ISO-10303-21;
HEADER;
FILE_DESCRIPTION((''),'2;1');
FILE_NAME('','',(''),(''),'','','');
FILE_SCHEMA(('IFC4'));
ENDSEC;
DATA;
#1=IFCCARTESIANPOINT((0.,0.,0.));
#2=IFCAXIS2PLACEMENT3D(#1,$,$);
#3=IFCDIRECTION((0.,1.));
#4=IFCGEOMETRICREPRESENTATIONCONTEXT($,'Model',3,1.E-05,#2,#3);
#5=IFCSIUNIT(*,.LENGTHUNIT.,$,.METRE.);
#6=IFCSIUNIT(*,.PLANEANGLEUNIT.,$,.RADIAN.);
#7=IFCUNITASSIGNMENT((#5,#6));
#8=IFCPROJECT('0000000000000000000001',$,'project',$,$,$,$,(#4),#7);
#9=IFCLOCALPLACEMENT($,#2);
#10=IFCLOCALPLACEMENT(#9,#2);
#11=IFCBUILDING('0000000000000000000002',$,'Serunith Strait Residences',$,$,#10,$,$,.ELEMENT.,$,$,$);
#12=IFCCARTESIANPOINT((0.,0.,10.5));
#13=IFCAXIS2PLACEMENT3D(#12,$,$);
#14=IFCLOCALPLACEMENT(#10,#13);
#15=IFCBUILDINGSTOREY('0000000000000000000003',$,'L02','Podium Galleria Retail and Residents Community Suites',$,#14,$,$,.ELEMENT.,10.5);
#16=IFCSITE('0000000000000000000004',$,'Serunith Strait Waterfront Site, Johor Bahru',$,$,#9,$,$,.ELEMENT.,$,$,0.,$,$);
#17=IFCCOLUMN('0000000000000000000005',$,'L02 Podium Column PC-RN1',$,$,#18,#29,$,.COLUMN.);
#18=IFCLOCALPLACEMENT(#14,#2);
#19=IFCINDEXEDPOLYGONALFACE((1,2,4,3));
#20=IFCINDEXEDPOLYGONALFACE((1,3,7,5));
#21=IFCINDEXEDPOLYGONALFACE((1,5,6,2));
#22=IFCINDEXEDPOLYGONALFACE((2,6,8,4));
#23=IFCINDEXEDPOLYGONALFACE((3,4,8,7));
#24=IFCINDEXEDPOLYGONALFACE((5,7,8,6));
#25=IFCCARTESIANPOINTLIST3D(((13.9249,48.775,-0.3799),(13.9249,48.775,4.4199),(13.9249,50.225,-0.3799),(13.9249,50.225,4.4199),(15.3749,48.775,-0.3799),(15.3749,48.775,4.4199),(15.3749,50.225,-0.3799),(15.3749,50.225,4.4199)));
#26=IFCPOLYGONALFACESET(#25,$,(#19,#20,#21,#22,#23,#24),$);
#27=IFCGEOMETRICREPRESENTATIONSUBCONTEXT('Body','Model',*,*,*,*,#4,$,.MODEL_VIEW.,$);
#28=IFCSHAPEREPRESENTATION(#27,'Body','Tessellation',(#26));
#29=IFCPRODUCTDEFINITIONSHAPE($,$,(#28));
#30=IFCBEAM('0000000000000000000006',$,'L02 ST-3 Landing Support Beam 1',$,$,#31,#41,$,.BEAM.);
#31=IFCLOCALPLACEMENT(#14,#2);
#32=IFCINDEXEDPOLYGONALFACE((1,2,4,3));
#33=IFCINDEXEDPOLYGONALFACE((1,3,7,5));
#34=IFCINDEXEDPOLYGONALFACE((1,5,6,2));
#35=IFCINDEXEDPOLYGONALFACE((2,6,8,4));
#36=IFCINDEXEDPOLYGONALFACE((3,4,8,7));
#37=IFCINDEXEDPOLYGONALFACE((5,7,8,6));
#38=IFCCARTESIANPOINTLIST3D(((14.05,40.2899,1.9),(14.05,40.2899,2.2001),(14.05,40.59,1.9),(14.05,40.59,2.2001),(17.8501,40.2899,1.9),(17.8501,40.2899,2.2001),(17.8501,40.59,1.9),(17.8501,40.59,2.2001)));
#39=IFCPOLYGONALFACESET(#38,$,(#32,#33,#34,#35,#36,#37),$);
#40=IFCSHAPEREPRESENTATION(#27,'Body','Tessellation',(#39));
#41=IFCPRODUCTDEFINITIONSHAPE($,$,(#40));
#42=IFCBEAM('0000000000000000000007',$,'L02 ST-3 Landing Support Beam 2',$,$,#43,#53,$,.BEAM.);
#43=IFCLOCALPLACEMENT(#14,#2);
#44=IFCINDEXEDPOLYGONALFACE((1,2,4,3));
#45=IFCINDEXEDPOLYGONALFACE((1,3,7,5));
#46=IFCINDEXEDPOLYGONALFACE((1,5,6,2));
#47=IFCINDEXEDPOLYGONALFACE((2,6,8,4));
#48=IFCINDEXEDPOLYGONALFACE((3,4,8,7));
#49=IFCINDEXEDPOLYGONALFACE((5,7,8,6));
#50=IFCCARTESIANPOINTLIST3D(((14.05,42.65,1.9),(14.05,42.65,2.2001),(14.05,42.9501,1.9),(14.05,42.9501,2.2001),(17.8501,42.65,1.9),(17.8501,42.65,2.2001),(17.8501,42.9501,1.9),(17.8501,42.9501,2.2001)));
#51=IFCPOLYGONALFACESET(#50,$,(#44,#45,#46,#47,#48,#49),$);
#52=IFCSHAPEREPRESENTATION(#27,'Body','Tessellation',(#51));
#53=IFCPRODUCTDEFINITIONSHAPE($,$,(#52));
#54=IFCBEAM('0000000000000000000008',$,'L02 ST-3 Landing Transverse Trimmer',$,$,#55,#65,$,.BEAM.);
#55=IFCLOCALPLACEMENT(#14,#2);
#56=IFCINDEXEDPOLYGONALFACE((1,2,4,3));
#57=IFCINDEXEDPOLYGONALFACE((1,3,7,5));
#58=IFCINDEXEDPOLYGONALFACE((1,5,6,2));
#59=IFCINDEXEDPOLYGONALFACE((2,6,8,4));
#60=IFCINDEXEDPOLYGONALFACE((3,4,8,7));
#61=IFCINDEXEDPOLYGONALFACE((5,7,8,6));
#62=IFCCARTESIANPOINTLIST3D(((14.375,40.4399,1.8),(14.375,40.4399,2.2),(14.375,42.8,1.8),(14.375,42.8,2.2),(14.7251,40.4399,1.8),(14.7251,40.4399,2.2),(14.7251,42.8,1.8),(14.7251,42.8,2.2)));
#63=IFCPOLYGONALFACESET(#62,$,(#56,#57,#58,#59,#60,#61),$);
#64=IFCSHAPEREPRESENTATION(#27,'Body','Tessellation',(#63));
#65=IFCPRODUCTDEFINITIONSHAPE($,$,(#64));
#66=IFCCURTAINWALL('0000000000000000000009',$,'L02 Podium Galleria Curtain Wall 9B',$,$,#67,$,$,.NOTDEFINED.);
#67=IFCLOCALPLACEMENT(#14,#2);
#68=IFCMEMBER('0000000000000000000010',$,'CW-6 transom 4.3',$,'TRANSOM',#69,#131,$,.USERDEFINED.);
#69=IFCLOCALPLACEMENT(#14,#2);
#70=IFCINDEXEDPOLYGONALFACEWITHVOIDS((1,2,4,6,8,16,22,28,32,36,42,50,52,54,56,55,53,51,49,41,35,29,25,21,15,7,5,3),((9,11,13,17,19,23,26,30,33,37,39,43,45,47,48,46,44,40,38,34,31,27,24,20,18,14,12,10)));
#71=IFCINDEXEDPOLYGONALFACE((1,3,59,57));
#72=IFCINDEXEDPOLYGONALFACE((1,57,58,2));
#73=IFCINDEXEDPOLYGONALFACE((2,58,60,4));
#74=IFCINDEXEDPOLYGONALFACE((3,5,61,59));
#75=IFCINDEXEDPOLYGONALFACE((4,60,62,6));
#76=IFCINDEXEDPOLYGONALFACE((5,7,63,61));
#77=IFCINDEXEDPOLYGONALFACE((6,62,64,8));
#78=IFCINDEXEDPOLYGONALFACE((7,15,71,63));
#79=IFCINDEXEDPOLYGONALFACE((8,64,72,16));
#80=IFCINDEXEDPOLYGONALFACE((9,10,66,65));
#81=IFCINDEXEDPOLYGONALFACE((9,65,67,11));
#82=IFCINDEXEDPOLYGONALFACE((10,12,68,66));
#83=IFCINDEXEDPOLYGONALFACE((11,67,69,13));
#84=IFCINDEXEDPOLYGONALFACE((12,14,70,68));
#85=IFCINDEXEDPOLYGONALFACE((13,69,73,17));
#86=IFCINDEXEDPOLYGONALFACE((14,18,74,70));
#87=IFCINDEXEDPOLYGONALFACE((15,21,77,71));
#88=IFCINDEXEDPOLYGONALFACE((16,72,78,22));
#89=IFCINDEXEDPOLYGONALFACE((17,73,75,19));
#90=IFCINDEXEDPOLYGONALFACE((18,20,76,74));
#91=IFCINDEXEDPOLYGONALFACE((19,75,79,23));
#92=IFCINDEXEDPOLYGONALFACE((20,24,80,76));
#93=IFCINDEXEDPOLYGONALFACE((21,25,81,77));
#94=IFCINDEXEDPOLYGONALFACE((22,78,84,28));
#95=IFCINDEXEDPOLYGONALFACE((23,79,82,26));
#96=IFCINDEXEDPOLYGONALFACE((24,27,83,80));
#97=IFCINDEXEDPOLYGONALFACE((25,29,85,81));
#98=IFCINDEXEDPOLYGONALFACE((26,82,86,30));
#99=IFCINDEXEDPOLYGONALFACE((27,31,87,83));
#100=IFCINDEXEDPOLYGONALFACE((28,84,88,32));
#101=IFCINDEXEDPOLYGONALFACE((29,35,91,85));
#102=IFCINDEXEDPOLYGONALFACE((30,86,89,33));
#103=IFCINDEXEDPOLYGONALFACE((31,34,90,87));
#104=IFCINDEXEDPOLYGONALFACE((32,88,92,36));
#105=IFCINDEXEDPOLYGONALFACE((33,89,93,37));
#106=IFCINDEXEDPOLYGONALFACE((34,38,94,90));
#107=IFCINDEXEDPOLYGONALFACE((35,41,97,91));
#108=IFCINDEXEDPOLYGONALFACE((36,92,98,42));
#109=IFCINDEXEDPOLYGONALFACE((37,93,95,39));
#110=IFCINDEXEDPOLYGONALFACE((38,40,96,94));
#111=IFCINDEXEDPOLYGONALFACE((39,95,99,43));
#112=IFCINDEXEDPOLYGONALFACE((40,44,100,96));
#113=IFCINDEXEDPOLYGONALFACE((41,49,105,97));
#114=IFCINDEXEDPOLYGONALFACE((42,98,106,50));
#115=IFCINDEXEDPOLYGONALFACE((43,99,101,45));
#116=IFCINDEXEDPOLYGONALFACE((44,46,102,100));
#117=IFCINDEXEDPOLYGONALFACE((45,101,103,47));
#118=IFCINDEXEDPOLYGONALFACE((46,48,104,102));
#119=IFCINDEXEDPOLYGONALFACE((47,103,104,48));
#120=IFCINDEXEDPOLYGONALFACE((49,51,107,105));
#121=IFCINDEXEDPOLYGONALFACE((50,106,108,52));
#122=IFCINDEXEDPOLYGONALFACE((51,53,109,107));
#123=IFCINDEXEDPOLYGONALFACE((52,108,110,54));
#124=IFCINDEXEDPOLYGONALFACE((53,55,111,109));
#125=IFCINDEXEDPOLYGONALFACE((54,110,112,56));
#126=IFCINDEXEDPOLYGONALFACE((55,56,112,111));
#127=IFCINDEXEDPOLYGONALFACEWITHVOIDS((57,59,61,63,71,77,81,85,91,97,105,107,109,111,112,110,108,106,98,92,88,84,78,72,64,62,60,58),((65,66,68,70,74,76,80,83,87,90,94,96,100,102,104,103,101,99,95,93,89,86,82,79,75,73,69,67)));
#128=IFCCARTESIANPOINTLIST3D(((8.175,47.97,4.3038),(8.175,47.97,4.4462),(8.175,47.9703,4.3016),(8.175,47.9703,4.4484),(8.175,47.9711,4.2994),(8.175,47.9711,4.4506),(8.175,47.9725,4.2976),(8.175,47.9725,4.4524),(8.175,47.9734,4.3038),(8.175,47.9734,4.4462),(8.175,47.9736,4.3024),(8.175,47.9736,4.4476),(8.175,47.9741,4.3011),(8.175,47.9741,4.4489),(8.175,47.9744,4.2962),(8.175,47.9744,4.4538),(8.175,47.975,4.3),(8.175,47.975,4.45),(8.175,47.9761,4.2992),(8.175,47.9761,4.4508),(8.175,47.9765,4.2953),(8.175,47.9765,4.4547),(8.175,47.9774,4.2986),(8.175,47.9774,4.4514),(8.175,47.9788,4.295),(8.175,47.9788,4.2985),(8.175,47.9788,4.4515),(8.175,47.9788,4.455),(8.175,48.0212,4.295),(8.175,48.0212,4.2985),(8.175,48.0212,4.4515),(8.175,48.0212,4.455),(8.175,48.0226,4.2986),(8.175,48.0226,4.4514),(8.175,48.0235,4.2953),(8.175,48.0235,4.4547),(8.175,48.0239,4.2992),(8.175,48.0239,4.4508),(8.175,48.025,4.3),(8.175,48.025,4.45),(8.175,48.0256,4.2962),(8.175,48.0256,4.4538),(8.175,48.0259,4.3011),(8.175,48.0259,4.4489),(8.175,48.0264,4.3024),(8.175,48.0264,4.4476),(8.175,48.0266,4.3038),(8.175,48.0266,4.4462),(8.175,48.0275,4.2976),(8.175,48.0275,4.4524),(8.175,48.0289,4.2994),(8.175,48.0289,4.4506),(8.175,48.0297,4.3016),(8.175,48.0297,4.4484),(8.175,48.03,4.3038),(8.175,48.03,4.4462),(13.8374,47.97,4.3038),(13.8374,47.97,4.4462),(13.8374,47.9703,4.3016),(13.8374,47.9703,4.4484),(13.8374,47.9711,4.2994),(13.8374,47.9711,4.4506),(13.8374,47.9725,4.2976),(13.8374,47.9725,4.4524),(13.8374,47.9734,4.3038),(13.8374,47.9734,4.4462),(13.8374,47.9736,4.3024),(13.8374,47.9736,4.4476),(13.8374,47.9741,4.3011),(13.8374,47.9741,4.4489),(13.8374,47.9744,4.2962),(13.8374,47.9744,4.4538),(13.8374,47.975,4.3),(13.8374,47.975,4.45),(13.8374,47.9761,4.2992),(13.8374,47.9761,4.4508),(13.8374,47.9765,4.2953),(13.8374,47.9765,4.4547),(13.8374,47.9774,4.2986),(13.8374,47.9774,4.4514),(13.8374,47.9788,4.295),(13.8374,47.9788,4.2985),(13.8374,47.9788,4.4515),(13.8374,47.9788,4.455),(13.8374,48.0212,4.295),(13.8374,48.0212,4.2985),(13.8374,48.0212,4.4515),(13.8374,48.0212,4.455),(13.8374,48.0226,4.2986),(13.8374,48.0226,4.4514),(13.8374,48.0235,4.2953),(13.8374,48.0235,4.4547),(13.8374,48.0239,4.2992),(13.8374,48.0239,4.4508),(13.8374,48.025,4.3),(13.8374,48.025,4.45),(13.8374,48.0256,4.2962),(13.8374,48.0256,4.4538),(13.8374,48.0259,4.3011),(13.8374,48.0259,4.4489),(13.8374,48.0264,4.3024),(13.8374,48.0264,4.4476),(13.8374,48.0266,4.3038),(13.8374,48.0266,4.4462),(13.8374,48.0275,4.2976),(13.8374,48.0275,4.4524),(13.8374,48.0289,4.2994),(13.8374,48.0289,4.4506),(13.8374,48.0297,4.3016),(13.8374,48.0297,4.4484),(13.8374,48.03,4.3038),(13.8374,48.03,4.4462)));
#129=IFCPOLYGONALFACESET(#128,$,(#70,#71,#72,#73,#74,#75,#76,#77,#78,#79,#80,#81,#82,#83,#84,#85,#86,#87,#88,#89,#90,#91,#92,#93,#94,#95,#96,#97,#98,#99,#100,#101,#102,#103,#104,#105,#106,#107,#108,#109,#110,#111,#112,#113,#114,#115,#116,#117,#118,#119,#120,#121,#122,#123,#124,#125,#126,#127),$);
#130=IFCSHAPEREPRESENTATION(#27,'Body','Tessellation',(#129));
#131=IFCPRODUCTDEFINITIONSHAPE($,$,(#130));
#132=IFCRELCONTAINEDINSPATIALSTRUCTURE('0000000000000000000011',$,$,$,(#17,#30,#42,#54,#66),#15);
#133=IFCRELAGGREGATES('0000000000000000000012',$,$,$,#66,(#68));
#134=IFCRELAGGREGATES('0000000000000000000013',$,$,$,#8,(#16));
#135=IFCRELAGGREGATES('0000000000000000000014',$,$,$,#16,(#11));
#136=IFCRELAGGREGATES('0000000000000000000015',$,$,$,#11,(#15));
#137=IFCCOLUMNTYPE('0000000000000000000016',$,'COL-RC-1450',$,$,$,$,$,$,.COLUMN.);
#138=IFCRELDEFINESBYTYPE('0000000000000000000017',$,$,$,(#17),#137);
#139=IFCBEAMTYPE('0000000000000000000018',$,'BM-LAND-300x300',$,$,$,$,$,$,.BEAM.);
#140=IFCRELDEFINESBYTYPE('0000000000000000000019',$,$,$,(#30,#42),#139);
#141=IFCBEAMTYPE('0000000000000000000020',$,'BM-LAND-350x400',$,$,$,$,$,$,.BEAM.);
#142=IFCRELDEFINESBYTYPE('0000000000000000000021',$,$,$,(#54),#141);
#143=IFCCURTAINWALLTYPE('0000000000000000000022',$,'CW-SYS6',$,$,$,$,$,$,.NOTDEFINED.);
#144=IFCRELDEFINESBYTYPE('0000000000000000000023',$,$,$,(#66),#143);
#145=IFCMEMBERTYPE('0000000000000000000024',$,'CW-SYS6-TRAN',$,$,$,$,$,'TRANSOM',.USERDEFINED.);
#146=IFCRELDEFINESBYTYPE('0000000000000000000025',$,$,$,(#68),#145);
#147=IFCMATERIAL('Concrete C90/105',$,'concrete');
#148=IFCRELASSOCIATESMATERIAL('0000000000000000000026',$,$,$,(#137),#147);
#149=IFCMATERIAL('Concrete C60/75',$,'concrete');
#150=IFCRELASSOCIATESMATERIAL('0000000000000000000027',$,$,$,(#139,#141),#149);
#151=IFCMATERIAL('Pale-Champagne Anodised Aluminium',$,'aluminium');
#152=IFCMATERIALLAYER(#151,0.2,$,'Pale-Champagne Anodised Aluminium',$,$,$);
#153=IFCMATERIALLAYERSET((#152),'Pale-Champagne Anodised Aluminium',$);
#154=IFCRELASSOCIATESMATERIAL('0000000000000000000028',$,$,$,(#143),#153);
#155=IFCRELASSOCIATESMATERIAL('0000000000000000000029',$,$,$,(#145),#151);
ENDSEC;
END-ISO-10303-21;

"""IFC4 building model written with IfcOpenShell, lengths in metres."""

from ifc_helpers import new_model, si_unit, direction, frame, origin, origin_2d, place, context, subcontext, project, spatial, rectangle, hollow_rectangle, extrude, source, transform, mapped, material, layer, layer_set, material_profile, profile_set, type_object, element, aggregate, save


model = new_model("IFC4")

# Units and contexts
model_context = context("Model", 3, precision=1e-05, world=origin(), true_north=direction((0.0, 1.0)))
body_context = subcontext(model_context, "Body", "Model", "MODEL_VIEW")
ifc_project = project(units=[si_unit("LENGTHUNIT", "METRE"), si_unit("PLANEANGLEUNIT", "RADIAN")], contexts=[model_context])

# Site, building, storey
site_placement = place(None, origin())
site = spatial("IfcSite", under=ifc_project, at=site_placement, Name="Serunith Strait Waterfront Site, Johor Bahru", CompositionType="ELEMENT", RefElevation=0.0)
building_placement = place(site_placement, origin())
building = spatial("IfcBuilding", under=site, at=building_placement, Name="Serunith Strait Residences", CompositionType="ELEMENT")
storey_placement = place(building_placement, frame((0.0, 0.0, 10.5)))
storey = spatial("IfcBuildingStorey", under=building, at=storey_placement, Name="L02", Description="Podium Galleria Retail and Residents Community Suites", CompositionType="ELEMENT", Elevation=10.5)

# Column
ifc_material_1 = material(Name="Concrete C90/105", Category="concrete")
ifc_material_profile_1 = material_profile(ifc_material_1, rectangle(XDim=1.45, YDim=1.45, at=origin_2d()), Name="RC 1450x1450")
ifc_profile_set_1 = profile_set([ifc_material_profile_1], Name="Concrete C90/105")
column_type = type_object("IfcColumnType", Name="COL-RC-1450", PredefinedType="COLUMN", material=ifc_profile_set_1)
shared_shape_1 = source(origin(), body_context, "Body", "SweptSolid", [
    extrude(rectangle(XDim=1.45, YDim=1.45, at=origin_2d()), origin(), (0.0, 0.0, 1.0), 4.7998),
])
column_placement = place(storey_placement, frame((14.6499, 49.5, -0.3799), z_axis=(0.0, 0.0, 1.0), x_axis=(1.0, 0.0, 0.0)))
element("IfcColumn", 1, at=column_placement, inside=storey, type_object=column_type, Name="L02 Podium Column PC-RN1", PredefinedType="COLUMN", context=body_context, shape_type="MappedRepresentation", body=[
    mapped(shared_shape_1, transform((0.0, 0.0, 0.0), scale=1.0)),
])

# Beams
ifc_material_2 = material(Name="Concrete C60/75", Category="concrete")
ifc_material_profile_2 = material_profile(ifc_material_2, rectangle(XDim=0.3, YDim=0.3, at=origin_2d()), Name="RC 300x300")
ifc_profile_set_2 = profile_set([ifc_material_profile_2], Name="Concrete C60/75")
beam_type_1 = type_object("IfcBeamType", Name="BM-LAND-300x300", PredefinedType="BEAM", material=ifc_profile_set_2)
shared_shape_2 = source(origin(), body_context, "Body", "SweptSolid", [
    extrude(rectangle(XDim=0.3, YDim=0.3, at=origin_2d()), origin(), (0.0, 0.0, 1.0), 3.8),
])
for number, where, z_axis, x_axis, name in (
    (2, (14.05, 40.4399, 2.05), (1.0, 0.0, 0.0), (0.0, 1.0, 0.0), "L02 ST-3 Landing Support Beam 1"),
    (3, (14.05, 42.8, 2.05), (1.0, 0.0, 0.0), (0.0, 1.0, 0.0), "L02 ST-3 Landing Support Beam 2"),
):
    element("IfcBeam", number, at=place(storey_placement, frame(where, z_axis=z_axis, x_axis=x_axis)), inside=storey, type_object=beam_type_1, Name=name, PredefinedType="BEAM", context=body_context, shape_type="MappedRepresentation", body=[
        mapped(shared_shape_2, transform((0.0, 0.0, 0.0), scale=1.0)),
    ])
ifc_material_profile_3 = material_profile(ifc_material_2, rectangle(XDim=0.3501, YDim=0.3999, at=origin_2d()), Name="RC 350x400")
ifc_profile_set_3 = profile_set([ifc_material_profile_3], Name="Concrete C60/75")
beam_type_2 = type_object("IfcBeamType", Name="BM-LAND-350x400", PredefinedType="BEAM", material=ifc_profile_set_3)
shared_shape_3 = source(origin(), body_context, "Body", "SweptSolid", [
    extrude(rectangle(XDim=0.3501, YDim=0.3999, at=origin_2d()), origin(), (0.0, 0.0, 1.0), 2.3601),
])
beam_placement = place(storey_placement, frame((14.55, 40.4399, 2.0), z_axis=(0.0, 1.0, 0.0), x_axis=(-1.0, 0.0, 0.0)))
element("IfcBeam", 4, at=beam_placement, inside=storey, type_object=beam_type_2, Name="L02 ST-3 Landing Transverse Trimmer", PredefinedType="BEAM", context=body_context, shape_type="MappedRepresentation", body=[
    mapped(shared_shape_3, transform((0.0, 0.0, 0.0), scale=1.0)),
])

# Curtain wall, member
ifc_material_3 = material(Name="Pale-Champagne Anodised Aluminium", Category="aluminium")
ifc_layer_1 = layer(ifc_material_3, 0.2, Name="Pale-Champagne Anodised Aluminium")
ifc_layer_set_1 = layer_set([ifc_layer_1], Name="Pale-Champagne Anodised Aluminium")
curtain_wall_type = type_object("IfcCurtainWallType", Name="CW-SYS6", PredefinedType="NOTDEFINED", material=ifc_layer_set_1)
curtain_wall_placement = place(storey_placement, origin())
curtain_wall = element("IfcCurtainWall", 5, at=curtain_wall_placement, inside=storey, type_object=curtain_wall_type, Name="L02 Podium Galleria Curtain Wall 9B", PredefinedType="NOTDEFINED")
ifc_material_profile_4 = material_profile(ifc_material_3, hollow_rectangle(XDim=0.0601, YDim=0.1599, WallThickness=0.0034, InnerFilletRadius=0.0054, OuterFilletRadius=0.0088, at=origin_2d()), Name="ALU 160x60x3.5")
ifc_profile_set_4 = profile_set([ifc_material_profile_4], Name="Pale-Champagne Anodised Aluminium")
member_type_1 = type_object("IfcMemberType", Name="CW-SYS6-TRAN", ElementType="TRANSOM", PredefinedType="USERDEFINED", material=ifc_profile_set_4)
shared_shape_4 = source(origin(), body_context, "Body", "SweptSolid", [
    extrude(hollow_rectangle(XDim=0.0601, YDim=0.1599, WallThickness=0.0034, InnerFilletRadius=0.0054, OuterFilletRadius=0.0088, at=origin_2d()), origin(), (0.0, 0.0, 1.0), 5.6624),
])
member_1_placement = place(storey_placement, frame((13.8374, 48.0, 4.375), z_axis=(-1.0, 0.0, 0.0), x_axis=(0.0, -1.0, 0.0)))
member_1 = element("IfcMember", 6, at=member_1_placement, type_object=member_type_1, Name="CW-6 transom 4.3", ObjectType="TRANSOM", PredefinedType="USERDEFINED", context=body_context, shape_type="MappedRepresentation", body=[
    mapped(shared_shape_4, transform((0.0, 0.0, 0.0), scale=1.0)),
])
aggregate(curtain_wall, [member_1])

save(model, "model.ifc")
